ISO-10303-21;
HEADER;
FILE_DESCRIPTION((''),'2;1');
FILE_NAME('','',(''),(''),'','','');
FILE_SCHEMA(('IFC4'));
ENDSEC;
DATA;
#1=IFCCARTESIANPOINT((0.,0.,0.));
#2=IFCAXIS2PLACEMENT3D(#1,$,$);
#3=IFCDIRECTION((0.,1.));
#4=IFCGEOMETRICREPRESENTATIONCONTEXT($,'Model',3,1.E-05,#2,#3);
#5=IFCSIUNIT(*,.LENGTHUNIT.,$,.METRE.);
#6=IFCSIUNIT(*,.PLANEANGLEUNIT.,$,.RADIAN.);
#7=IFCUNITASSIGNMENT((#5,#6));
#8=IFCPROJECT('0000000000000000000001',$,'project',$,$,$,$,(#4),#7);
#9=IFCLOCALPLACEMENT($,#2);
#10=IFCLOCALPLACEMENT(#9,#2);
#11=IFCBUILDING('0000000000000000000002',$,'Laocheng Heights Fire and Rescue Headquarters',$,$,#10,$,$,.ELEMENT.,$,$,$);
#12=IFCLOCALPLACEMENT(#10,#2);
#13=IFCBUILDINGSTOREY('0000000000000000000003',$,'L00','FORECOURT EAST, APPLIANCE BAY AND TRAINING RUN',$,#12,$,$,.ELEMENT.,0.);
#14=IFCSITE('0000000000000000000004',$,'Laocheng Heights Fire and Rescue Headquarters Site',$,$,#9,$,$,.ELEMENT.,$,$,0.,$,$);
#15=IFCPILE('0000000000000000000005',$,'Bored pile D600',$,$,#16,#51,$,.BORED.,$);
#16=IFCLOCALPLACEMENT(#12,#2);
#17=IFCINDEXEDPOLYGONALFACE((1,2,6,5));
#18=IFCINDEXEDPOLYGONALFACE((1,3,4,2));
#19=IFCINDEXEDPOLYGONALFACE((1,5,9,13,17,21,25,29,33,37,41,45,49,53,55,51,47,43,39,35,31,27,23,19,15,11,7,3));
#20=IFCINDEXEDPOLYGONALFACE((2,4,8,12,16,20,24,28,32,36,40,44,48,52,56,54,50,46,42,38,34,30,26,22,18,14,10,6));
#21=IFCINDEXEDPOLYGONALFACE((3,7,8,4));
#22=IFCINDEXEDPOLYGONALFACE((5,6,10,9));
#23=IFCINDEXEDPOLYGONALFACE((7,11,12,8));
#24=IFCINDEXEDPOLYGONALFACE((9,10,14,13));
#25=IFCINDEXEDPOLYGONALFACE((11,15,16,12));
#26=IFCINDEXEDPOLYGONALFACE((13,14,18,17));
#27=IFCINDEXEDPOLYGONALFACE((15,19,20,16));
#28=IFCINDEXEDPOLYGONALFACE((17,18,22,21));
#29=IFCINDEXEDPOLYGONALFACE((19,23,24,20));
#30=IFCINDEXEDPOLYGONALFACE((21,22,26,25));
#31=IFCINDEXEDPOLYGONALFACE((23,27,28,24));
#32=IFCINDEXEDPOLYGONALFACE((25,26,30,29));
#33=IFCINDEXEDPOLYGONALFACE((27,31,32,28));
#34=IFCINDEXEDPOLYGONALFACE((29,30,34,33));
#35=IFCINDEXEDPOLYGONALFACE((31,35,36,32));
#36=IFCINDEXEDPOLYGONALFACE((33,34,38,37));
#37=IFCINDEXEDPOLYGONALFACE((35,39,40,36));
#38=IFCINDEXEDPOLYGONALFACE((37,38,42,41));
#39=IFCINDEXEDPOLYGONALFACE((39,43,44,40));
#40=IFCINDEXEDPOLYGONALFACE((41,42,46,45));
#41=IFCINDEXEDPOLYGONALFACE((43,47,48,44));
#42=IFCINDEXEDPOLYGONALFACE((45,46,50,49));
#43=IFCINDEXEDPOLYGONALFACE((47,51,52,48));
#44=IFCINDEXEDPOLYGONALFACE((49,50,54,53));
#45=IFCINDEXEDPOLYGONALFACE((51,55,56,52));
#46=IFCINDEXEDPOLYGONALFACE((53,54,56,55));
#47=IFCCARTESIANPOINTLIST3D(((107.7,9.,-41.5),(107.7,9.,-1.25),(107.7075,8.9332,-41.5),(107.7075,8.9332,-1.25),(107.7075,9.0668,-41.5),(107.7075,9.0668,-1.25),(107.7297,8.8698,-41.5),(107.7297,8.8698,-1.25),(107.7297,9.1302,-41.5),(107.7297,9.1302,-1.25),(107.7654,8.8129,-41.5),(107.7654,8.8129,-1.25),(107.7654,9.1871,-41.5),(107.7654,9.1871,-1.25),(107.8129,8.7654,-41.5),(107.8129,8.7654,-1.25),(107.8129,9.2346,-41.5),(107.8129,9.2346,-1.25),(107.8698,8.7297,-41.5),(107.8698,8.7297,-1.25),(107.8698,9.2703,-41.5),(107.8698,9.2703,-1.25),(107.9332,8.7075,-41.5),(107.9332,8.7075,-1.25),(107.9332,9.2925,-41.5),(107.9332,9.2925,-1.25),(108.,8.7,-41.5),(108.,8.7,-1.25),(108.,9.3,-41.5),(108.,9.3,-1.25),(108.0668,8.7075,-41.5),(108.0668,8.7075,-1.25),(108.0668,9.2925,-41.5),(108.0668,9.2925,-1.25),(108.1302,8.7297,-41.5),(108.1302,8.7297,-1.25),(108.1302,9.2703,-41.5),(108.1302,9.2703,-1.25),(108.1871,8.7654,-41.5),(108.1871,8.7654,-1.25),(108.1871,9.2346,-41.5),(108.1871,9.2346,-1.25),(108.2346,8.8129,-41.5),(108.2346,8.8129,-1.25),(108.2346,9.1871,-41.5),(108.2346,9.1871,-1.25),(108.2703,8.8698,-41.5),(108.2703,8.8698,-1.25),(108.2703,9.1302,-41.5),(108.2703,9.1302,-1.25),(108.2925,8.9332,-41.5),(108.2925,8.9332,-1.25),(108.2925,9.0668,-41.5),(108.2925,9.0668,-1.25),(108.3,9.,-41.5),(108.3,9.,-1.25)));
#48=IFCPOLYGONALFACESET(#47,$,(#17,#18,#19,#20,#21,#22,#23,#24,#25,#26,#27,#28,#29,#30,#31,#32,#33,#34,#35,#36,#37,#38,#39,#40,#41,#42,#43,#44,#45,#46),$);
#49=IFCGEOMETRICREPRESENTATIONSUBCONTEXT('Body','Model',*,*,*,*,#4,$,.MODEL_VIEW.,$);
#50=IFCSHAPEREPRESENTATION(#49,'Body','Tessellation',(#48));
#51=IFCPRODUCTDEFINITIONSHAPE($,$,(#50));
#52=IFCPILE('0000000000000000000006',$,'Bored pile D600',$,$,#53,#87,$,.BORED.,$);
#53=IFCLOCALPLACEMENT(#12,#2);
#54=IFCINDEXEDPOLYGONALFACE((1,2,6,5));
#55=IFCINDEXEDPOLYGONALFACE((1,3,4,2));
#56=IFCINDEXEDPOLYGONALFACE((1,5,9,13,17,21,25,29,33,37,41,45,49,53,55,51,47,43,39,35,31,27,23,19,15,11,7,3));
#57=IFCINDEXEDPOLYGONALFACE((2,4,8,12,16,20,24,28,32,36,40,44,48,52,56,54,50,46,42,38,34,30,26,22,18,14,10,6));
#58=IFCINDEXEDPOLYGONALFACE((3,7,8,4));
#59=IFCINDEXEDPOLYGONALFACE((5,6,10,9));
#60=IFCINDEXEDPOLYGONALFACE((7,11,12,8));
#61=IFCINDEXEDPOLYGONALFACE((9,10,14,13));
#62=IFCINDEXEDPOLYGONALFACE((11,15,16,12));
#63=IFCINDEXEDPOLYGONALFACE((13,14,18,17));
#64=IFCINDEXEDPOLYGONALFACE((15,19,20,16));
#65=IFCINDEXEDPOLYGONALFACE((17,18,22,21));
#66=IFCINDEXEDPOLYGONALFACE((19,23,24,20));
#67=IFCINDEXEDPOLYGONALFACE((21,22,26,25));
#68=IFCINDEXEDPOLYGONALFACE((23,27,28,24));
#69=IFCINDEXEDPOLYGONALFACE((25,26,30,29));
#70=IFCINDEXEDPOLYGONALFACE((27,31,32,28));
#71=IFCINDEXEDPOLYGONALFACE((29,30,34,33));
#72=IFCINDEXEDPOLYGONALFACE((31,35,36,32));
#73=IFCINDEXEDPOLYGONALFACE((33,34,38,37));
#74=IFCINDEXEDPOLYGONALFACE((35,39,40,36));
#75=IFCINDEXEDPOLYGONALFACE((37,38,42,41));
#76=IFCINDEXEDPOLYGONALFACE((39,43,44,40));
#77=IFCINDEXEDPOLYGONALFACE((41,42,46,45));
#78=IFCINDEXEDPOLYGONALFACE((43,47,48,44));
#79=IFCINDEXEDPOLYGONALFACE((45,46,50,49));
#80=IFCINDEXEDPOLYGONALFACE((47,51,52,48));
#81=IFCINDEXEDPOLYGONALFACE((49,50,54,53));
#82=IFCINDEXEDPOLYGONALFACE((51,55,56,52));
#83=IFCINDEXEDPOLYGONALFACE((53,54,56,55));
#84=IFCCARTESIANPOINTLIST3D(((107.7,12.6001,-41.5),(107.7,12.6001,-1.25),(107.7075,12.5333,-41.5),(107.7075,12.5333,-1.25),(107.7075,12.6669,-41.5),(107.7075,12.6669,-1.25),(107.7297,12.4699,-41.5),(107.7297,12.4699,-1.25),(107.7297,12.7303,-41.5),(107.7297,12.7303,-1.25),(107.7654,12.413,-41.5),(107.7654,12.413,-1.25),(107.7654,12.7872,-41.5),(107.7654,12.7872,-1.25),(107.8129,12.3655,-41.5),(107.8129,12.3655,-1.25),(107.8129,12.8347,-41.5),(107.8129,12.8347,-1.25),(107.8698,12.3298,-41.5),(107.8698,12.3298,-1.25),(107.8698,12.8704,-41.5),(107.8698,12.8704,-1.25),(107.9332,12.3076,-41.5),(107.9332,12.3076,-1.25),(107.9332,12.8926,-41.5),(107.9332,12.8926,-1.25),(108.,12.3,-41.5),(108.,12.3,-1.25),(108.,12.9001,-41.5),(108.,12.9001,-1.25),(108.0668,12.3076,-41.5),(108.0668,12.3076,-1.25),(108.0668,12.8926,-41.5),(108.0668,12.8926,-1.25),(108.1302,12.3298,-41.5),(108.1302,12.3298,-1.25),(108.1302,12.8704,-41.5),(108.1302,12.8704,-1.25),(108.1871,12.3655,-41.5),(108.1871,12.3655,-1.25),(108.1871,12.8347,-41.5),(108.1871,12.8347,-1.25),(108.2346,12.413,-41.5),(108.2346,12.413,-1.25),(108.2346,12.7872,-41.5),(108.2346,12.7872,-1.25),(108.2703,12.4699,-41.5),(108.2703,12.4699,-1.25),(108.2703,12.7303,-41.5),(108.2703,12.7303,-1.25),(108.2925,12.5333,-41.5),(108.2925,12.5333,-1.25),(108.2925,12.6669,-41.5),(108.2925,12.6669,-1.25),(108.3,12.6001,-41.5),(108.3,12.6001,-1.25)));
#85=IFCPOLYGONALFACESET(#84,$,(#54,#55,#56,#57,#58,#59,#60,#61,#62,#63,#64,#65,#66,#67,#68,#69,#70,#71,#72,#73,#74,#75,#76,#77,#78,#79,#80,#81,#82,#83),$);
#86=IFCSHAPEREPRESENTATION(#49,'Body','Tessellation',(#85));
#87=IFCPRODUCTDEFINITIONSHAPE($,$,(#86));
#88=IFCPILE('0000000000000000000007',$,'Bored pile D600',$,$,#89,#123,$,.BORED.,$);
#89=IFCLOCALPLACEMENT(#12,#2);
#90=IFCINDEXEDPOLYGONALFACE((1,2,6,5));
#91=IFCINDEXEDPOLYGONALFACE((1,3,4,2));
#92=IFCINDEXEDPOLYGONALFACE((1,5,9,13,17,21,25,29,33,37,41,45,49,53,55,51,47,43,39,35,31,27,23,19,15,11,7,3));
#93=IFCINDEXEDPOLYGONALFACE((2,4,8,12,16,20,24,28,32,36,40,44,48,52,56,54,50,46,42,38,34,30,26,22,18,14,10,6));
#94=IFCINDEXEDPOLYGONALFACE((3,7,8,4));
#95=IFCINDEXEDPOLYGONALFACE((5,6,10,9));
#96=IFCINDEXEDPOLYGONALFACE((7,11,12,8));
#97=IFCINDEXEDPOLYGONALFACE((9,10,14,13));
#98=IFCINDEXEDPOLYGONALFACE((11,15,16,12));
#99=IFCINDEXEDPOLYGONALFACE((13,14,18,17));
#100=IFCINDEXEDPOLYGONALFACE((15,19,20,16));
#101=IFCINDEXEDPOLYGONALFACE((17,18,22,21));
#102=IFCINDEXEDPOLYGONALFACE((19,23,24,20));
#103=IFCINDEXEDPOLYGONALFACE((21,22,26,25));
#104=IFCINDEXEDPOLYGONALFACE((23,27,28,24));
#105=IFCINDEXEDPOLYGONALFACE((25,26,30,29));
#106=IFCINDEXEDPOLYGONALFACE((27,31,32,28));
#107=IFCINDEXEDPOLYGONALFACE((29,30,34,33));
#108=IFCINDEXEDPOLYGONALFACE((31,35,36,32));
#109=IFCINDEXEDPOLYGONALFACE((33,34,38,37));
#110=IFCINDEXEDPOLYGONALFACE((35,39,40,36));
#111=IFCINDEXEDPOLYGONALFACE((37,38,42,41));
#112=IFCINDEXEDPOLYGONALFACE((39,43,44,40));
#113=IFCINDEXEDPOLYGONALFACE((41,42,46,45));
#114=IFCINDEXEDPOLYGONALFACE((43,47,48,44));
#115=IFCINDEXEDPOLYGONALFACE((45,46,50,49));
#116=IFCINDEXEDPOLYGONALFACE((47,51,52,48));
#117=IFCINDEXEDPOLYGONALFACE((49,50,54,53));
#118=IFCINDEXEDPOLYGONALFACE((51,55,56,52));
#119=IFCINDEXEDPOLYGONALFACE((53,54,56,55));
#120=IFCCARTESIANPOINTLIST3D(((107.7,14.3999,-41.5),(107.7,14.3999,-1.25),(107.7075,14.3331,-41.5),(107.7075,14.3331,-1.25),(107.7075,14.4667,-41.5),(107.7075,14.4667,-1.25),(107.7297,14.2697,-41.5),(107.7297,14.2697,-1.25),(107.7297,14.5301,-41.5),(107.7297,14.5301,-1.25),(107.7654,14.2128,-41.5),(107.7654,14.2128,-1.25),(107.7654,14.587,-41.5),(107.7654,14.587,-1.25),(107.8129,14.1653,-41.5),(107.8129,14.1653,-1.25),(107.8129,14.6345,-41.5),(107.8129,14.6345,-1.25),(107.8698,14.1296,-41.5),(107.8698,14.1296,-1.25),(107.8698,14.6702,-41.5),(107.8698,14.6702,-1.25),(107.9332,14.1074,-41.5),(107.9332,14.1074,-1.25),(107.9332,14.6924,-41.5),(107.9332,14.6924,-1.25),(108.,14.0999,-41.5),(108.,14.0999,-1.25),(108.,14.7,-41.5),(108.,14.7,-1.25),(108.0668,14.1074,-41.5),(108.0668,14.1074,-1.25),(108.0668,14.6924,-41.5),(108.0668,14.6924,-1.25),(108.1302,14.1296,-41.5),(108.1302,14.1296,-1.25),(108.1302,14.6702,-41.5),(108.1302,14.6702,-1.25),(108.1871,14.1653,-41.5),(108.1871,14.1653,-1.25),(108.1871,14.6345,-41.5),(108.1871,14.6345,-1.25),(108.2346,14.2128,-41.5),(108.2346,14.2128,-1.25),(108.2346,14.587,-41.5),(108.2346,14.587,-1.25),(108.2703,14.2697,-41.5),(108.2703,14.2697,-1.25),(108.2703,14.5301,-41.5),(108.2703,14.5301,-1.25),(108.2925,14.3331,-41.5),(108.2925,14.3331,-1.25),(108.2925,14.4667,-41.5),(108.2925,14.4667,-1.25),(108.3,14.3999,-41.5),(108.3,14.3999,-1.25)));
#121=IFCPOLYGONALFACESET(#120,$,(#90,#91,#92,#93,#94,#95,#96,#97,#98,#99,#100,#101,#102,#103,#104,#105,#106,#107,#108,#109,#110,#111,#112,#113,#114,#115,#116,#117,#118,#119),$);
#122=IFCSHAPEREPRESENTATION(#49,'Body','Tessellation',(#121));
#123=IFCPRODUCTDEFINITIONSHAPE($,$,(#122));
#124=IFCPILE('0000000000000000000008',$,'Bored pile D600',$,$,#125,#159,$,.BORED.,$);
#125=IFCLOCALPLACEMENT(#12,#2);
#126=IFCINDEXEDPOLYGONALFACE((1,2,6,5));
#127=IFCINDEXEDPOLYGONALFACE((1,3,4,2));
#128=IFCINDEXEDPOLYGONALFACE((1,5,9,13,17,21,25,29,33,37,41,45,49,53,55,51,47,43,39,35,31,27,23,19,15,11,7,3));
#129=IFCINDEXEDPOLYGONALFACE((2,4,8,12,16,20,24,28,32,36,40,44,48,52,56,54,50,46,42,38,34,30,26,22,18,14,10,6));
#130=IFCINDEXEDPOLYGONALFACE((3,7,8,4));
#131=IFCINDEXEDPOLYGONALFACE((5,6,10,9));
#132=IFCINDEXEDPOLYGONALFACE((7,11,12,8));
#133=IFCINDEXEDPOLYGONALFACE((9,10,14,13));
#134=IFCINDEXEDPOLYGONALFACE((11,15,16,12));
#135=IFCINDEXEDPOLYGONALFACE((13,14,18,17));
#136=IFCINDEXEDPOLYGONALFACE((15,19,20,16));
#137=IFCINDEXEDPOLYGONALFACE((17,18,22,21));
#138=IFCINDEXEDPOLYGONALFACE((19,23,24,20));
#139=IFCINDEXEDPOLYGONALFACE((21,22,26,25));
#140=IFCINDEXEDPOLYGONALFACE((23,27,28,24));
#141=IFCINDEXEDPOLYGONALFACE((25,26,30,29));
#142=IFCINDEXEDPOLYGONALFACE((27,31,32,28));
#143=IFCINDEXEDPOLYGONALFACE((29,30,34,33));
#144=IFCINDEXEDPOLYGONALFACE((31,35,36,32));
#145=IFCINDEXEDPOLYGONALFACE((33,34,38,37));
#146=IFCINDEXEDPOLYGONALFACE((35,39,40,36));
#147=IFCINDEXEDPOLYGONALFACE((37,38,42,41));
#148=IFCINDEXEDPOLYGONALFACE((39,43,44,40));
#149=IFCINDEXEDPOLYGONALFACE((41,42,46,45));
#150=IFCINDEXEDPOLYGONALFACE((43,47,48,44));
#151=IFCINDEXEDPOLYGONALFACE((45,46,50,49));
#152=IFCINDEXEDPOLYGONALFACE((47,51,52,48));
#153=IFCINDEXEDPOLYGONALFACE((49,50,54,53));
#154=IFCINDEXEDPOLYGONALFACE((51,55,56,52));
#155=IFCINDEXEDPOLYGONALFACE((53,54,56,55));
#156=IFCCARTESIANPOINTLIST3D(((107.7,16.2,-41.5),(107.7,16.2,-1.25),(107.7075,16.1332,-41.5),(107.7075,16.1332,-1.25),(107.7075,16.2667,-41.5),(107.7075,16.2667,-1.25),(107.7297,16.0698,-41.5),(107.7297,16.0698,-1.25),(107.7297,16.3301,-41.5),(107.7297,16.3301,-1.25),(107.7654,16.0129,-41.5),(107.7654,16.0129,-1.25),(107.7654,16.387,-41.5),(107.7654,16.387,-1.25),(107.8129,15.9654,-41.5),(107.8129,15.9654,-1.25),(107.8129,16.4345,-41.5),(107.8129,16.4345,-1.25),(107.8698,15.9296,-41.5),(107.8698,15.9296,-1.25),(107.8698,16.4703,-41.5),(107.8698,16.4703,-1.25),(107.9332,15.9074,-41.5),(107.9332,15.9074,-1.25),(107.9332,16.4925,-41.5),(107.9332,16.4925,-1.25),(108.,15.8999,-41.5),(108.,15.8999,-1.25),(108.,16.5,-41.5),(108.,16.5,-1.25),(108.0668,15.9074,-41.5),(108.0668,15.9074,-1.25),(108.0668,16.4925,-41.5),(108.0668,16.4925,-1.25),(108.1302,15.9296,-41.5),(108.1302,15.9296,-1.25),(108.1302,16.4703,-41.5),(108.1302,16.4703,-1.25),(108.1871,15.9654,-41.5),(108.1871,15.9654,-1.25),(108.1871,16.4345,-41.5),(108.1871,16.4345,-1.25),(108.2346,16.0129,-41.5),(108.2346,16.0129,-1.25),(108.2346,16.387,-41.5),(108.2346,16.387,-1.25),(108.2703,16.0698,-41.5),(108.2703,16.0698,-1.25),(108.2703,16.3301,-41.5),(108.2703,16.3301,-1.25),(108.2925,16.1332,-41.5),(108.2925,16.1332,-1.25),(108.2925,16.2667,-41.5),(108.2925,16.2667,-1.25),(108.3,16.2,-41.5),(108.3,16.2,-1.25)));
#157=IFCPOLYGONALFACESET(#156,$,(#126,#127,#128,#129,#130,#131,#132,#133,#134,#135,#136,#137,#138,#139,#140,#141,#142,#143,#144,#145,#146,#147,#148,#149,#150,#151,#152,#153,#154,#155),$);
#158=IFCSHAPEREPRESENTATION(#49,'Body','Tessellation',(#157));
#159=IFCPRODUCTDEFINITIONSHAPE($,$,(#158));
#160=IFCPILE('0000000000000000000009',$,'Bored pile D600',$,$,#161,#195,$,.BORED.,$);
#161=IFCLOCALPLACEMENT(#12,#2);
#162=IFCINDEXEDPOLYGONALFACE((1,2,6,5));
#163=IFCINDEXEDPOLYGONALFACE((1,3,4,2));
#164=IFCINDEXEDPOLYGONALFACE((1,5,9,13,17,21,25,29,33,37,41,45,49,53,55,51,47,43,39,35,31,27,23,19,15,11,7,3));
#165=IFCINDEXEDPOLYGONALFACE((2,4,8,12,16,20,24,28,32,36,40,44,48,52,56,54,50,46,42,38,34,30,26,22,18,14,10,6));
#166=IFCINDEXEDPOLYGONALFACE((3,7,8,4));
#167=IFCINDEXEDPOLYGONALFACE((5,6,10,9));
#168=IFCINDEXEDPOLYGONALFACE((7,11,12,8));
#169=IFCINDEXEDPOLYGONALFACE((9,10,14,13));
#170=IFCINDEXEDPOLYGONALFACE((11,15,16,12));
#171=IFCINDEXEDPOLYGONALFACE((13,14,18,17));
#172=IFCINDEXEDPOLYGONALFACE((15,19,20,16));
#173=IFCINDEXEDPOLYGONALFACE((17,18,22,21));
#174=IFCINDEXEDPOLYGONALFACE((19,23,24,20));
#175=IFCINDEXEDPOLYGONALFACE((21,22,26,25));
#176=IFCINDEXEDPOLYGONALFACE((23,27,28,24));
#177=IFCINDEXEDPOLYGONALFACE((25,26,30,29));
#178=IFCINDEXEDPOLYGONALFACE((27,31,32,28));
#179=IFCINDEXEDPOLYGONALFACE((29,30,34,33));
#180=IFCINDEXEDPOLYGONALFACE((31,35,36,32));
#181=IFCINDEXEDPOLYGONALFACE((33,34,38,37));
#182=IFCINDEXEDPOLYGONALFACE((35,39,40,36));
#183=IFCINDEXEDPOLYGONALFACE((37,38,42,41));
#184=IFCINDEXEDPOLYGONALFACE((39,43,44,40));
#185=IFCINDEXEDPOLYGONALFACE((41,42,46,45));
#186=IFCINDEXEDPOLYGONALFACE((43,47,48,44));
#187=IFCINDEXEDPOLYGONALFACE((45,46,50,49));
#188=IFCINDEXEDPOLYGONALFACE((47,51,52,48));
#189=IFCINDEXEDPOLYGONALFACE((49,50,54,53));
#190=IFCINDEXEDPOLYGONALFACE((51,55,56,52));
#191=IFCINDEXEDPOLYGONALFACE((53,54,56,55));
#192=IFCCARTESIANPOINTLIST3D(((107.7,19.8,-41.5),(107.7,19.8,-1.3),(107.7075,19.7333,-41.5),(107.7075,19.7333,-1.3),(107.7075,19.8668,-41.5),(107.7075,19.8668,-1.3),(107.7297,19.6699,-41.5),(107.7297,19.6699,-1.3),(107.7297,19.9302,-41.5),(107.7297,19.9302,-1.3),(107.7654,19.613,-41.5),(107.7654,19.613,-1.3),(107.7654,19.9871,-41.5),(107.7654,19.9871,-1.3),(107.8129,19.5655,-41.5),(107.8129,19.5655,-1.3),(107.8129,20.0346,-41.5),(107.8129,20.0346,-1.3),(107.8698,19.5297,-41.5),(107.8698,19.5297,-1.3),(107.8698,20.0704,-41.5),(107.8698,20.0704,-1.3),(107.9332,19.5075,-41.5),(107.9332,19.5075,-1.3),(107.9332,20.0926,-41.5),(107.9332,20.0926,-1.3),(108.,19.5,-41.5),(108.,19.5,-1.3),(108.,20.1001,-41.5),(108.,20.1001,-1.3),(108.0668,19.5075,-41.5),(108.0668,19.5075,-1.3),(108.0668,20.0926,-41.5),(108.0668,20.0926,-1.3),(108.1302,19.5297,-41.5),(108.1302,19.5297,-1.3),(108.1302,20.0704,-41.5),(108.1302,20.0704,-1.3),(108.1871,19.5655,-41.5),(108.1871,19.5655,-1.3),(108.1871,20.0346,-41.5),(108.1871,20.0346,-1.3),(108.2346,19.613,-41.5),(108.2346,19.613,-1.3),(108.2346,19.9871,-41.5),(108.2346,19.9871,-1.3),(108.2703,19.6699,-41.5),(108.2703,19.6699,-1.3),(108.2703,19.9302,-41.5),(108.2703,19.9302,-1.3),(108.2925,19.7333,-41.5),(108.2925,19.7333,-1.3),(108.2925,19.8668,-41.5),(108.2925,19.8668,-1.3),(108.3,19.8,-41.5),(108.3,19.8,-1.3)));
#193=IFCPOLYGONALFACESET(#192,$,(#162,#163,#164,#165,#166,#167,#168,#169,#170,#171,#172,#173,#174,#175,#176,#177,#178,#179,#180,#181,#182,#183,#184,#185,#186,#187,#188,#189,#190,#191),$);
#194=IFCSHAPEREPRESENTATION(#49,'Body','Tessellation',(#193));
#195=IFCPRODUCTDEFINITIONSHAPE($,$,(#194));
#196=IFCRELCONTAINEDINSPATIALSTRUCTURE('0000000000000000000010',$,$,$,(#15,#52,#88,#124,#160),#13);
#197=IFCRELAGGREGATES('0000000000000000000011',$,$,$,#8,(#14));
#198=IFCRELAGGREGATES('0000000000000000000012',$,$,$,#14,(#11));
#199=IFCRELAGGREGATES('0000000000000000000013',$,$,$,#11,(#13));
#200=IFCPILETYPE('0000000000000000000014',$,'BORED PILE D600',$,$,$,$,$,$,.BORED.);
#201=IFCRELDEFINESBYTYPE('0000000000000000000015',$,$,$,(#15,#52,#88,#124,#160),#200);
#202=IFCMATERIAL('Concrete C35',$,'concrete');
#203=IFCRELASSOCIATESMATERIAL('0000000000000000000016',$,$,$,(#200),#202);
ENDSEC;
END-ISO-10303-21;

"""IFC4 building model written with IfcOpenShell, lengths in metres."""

from ifc_helpers import new_model, si_unit, direction, frame, origin, origin_2d, place, context, subcontext, project, spatial, circle, extrude, material, material_profile, profile_set, type_object, element, save


model = new_model("IFC4")

# Units and contexts
model_context = context("Model", 3, precision=1e-05, world=origin(), true_north=direction((0.0, 1.0)))
body_context = subcontext(model_context, "Body", "Model", "MODEL_VIEW")
ifc_project = project(units=[si_unit("LENGTHUNIT", "METRE"), si_unit("PLANEANGLEUNIT", "RADIAN")], contexts=[model_context])

# Site, building, storey
site_placement = place(None, origin())
site = spatial("IfcSite", under=ifc_project, at=site_placement, Name="Laocheng Heights Fire and Rescue Headquarters Site", CompositionType="ELEMENT", RefElevation=0.0)
building_placement = place(site_placement, origin())
building = spatial("IfcBuilding", under=site, at=building_placement, Name="Laocheng Heights Fire and Rescue Headquarters", CompositionType="ELEMENT")
storey_placement = place(building_placement, origin())
storey = spatial("IfcBuildingStorey", under=building, at=storey_placement, Name="L00", Description="FORECOURT EAST, APPLIANCE BAY AND TRAINING RUN", CompositionType="ELEMENT", Elevation=0.0)

# Piles
ifc_material_1 = material(Name="Concrete C35", Category="concrete")
ifc_material_profile_1 = material_profile(ifc_material_1, circle(Radius=0.3, at=origin_2d()), Name="BORED PILE D600")
ifc_profile_set_1 = profile_set([ifc_material_profile_1], Name="Concrete C35")
pile_type_1 = type_object("IfcPileType", Name="BORED PILE D600", PredefinedType="BORED", material=ifc_profile_set_1)
for number, where, z_axis, x_axis, name in (
    (1, (108.0, 9.0, -1.25), (0.0, 0.0, -1.0), (1.0, 0.0, 0.0), "Bored pile D600"),
    (2, (108.0, 12.6001, -1.25), (0.0, 0.0, -1.0), (1.0, 0.0, 0.0), "Bored pile D600"),
    (3, (108.0, 14.3999, -1.25), (0.0, 0.0, -1.0), (1.0, 0.0, 0.0), "Bored pile D600"),
    (4, (108.0, 16.2, -1.25), (0.0, 0.0, -1.0), (1.0, 0.0, 0.0), "Bored pile D600"),
):
    element("IfcPile", number, at=place(storey_placement, frame(where, z_axis=z_axis, x_axis=x_axis)), inside=storey, type_object=pile_type_1, Name=name, PredefinedType="BORED", context=body_context, shape_type="SweptSolid", body=[
        extrude(circle(Radius=0.3, at=origin_2d()), origin(), (0.0, 0.0, 1.0), 40.25),
    ])
for number, where, z_axis, x_axis, name in (
    (5, (108.0, 19.8, -1.3), (0.0, 0.0, -1.0), (1.0, 0.0, 0.0), "Bored pile D600"),
):
    element("IfcPile", number, at=place(storey_placement, frame(where, z_axis=z_axis, x_axis=x_axis)), inside=storey, type_object=pile_type_1, Name=name, PredefinedType="BORED", context=body_context, shape_type="SweptSolid", body=[
        extrude(circle(Radius=0.3, at=origin_2d()), origin(), (0.0, 0.0, 1.0), 40.2),
    ])

save(model, "model.ifc")
